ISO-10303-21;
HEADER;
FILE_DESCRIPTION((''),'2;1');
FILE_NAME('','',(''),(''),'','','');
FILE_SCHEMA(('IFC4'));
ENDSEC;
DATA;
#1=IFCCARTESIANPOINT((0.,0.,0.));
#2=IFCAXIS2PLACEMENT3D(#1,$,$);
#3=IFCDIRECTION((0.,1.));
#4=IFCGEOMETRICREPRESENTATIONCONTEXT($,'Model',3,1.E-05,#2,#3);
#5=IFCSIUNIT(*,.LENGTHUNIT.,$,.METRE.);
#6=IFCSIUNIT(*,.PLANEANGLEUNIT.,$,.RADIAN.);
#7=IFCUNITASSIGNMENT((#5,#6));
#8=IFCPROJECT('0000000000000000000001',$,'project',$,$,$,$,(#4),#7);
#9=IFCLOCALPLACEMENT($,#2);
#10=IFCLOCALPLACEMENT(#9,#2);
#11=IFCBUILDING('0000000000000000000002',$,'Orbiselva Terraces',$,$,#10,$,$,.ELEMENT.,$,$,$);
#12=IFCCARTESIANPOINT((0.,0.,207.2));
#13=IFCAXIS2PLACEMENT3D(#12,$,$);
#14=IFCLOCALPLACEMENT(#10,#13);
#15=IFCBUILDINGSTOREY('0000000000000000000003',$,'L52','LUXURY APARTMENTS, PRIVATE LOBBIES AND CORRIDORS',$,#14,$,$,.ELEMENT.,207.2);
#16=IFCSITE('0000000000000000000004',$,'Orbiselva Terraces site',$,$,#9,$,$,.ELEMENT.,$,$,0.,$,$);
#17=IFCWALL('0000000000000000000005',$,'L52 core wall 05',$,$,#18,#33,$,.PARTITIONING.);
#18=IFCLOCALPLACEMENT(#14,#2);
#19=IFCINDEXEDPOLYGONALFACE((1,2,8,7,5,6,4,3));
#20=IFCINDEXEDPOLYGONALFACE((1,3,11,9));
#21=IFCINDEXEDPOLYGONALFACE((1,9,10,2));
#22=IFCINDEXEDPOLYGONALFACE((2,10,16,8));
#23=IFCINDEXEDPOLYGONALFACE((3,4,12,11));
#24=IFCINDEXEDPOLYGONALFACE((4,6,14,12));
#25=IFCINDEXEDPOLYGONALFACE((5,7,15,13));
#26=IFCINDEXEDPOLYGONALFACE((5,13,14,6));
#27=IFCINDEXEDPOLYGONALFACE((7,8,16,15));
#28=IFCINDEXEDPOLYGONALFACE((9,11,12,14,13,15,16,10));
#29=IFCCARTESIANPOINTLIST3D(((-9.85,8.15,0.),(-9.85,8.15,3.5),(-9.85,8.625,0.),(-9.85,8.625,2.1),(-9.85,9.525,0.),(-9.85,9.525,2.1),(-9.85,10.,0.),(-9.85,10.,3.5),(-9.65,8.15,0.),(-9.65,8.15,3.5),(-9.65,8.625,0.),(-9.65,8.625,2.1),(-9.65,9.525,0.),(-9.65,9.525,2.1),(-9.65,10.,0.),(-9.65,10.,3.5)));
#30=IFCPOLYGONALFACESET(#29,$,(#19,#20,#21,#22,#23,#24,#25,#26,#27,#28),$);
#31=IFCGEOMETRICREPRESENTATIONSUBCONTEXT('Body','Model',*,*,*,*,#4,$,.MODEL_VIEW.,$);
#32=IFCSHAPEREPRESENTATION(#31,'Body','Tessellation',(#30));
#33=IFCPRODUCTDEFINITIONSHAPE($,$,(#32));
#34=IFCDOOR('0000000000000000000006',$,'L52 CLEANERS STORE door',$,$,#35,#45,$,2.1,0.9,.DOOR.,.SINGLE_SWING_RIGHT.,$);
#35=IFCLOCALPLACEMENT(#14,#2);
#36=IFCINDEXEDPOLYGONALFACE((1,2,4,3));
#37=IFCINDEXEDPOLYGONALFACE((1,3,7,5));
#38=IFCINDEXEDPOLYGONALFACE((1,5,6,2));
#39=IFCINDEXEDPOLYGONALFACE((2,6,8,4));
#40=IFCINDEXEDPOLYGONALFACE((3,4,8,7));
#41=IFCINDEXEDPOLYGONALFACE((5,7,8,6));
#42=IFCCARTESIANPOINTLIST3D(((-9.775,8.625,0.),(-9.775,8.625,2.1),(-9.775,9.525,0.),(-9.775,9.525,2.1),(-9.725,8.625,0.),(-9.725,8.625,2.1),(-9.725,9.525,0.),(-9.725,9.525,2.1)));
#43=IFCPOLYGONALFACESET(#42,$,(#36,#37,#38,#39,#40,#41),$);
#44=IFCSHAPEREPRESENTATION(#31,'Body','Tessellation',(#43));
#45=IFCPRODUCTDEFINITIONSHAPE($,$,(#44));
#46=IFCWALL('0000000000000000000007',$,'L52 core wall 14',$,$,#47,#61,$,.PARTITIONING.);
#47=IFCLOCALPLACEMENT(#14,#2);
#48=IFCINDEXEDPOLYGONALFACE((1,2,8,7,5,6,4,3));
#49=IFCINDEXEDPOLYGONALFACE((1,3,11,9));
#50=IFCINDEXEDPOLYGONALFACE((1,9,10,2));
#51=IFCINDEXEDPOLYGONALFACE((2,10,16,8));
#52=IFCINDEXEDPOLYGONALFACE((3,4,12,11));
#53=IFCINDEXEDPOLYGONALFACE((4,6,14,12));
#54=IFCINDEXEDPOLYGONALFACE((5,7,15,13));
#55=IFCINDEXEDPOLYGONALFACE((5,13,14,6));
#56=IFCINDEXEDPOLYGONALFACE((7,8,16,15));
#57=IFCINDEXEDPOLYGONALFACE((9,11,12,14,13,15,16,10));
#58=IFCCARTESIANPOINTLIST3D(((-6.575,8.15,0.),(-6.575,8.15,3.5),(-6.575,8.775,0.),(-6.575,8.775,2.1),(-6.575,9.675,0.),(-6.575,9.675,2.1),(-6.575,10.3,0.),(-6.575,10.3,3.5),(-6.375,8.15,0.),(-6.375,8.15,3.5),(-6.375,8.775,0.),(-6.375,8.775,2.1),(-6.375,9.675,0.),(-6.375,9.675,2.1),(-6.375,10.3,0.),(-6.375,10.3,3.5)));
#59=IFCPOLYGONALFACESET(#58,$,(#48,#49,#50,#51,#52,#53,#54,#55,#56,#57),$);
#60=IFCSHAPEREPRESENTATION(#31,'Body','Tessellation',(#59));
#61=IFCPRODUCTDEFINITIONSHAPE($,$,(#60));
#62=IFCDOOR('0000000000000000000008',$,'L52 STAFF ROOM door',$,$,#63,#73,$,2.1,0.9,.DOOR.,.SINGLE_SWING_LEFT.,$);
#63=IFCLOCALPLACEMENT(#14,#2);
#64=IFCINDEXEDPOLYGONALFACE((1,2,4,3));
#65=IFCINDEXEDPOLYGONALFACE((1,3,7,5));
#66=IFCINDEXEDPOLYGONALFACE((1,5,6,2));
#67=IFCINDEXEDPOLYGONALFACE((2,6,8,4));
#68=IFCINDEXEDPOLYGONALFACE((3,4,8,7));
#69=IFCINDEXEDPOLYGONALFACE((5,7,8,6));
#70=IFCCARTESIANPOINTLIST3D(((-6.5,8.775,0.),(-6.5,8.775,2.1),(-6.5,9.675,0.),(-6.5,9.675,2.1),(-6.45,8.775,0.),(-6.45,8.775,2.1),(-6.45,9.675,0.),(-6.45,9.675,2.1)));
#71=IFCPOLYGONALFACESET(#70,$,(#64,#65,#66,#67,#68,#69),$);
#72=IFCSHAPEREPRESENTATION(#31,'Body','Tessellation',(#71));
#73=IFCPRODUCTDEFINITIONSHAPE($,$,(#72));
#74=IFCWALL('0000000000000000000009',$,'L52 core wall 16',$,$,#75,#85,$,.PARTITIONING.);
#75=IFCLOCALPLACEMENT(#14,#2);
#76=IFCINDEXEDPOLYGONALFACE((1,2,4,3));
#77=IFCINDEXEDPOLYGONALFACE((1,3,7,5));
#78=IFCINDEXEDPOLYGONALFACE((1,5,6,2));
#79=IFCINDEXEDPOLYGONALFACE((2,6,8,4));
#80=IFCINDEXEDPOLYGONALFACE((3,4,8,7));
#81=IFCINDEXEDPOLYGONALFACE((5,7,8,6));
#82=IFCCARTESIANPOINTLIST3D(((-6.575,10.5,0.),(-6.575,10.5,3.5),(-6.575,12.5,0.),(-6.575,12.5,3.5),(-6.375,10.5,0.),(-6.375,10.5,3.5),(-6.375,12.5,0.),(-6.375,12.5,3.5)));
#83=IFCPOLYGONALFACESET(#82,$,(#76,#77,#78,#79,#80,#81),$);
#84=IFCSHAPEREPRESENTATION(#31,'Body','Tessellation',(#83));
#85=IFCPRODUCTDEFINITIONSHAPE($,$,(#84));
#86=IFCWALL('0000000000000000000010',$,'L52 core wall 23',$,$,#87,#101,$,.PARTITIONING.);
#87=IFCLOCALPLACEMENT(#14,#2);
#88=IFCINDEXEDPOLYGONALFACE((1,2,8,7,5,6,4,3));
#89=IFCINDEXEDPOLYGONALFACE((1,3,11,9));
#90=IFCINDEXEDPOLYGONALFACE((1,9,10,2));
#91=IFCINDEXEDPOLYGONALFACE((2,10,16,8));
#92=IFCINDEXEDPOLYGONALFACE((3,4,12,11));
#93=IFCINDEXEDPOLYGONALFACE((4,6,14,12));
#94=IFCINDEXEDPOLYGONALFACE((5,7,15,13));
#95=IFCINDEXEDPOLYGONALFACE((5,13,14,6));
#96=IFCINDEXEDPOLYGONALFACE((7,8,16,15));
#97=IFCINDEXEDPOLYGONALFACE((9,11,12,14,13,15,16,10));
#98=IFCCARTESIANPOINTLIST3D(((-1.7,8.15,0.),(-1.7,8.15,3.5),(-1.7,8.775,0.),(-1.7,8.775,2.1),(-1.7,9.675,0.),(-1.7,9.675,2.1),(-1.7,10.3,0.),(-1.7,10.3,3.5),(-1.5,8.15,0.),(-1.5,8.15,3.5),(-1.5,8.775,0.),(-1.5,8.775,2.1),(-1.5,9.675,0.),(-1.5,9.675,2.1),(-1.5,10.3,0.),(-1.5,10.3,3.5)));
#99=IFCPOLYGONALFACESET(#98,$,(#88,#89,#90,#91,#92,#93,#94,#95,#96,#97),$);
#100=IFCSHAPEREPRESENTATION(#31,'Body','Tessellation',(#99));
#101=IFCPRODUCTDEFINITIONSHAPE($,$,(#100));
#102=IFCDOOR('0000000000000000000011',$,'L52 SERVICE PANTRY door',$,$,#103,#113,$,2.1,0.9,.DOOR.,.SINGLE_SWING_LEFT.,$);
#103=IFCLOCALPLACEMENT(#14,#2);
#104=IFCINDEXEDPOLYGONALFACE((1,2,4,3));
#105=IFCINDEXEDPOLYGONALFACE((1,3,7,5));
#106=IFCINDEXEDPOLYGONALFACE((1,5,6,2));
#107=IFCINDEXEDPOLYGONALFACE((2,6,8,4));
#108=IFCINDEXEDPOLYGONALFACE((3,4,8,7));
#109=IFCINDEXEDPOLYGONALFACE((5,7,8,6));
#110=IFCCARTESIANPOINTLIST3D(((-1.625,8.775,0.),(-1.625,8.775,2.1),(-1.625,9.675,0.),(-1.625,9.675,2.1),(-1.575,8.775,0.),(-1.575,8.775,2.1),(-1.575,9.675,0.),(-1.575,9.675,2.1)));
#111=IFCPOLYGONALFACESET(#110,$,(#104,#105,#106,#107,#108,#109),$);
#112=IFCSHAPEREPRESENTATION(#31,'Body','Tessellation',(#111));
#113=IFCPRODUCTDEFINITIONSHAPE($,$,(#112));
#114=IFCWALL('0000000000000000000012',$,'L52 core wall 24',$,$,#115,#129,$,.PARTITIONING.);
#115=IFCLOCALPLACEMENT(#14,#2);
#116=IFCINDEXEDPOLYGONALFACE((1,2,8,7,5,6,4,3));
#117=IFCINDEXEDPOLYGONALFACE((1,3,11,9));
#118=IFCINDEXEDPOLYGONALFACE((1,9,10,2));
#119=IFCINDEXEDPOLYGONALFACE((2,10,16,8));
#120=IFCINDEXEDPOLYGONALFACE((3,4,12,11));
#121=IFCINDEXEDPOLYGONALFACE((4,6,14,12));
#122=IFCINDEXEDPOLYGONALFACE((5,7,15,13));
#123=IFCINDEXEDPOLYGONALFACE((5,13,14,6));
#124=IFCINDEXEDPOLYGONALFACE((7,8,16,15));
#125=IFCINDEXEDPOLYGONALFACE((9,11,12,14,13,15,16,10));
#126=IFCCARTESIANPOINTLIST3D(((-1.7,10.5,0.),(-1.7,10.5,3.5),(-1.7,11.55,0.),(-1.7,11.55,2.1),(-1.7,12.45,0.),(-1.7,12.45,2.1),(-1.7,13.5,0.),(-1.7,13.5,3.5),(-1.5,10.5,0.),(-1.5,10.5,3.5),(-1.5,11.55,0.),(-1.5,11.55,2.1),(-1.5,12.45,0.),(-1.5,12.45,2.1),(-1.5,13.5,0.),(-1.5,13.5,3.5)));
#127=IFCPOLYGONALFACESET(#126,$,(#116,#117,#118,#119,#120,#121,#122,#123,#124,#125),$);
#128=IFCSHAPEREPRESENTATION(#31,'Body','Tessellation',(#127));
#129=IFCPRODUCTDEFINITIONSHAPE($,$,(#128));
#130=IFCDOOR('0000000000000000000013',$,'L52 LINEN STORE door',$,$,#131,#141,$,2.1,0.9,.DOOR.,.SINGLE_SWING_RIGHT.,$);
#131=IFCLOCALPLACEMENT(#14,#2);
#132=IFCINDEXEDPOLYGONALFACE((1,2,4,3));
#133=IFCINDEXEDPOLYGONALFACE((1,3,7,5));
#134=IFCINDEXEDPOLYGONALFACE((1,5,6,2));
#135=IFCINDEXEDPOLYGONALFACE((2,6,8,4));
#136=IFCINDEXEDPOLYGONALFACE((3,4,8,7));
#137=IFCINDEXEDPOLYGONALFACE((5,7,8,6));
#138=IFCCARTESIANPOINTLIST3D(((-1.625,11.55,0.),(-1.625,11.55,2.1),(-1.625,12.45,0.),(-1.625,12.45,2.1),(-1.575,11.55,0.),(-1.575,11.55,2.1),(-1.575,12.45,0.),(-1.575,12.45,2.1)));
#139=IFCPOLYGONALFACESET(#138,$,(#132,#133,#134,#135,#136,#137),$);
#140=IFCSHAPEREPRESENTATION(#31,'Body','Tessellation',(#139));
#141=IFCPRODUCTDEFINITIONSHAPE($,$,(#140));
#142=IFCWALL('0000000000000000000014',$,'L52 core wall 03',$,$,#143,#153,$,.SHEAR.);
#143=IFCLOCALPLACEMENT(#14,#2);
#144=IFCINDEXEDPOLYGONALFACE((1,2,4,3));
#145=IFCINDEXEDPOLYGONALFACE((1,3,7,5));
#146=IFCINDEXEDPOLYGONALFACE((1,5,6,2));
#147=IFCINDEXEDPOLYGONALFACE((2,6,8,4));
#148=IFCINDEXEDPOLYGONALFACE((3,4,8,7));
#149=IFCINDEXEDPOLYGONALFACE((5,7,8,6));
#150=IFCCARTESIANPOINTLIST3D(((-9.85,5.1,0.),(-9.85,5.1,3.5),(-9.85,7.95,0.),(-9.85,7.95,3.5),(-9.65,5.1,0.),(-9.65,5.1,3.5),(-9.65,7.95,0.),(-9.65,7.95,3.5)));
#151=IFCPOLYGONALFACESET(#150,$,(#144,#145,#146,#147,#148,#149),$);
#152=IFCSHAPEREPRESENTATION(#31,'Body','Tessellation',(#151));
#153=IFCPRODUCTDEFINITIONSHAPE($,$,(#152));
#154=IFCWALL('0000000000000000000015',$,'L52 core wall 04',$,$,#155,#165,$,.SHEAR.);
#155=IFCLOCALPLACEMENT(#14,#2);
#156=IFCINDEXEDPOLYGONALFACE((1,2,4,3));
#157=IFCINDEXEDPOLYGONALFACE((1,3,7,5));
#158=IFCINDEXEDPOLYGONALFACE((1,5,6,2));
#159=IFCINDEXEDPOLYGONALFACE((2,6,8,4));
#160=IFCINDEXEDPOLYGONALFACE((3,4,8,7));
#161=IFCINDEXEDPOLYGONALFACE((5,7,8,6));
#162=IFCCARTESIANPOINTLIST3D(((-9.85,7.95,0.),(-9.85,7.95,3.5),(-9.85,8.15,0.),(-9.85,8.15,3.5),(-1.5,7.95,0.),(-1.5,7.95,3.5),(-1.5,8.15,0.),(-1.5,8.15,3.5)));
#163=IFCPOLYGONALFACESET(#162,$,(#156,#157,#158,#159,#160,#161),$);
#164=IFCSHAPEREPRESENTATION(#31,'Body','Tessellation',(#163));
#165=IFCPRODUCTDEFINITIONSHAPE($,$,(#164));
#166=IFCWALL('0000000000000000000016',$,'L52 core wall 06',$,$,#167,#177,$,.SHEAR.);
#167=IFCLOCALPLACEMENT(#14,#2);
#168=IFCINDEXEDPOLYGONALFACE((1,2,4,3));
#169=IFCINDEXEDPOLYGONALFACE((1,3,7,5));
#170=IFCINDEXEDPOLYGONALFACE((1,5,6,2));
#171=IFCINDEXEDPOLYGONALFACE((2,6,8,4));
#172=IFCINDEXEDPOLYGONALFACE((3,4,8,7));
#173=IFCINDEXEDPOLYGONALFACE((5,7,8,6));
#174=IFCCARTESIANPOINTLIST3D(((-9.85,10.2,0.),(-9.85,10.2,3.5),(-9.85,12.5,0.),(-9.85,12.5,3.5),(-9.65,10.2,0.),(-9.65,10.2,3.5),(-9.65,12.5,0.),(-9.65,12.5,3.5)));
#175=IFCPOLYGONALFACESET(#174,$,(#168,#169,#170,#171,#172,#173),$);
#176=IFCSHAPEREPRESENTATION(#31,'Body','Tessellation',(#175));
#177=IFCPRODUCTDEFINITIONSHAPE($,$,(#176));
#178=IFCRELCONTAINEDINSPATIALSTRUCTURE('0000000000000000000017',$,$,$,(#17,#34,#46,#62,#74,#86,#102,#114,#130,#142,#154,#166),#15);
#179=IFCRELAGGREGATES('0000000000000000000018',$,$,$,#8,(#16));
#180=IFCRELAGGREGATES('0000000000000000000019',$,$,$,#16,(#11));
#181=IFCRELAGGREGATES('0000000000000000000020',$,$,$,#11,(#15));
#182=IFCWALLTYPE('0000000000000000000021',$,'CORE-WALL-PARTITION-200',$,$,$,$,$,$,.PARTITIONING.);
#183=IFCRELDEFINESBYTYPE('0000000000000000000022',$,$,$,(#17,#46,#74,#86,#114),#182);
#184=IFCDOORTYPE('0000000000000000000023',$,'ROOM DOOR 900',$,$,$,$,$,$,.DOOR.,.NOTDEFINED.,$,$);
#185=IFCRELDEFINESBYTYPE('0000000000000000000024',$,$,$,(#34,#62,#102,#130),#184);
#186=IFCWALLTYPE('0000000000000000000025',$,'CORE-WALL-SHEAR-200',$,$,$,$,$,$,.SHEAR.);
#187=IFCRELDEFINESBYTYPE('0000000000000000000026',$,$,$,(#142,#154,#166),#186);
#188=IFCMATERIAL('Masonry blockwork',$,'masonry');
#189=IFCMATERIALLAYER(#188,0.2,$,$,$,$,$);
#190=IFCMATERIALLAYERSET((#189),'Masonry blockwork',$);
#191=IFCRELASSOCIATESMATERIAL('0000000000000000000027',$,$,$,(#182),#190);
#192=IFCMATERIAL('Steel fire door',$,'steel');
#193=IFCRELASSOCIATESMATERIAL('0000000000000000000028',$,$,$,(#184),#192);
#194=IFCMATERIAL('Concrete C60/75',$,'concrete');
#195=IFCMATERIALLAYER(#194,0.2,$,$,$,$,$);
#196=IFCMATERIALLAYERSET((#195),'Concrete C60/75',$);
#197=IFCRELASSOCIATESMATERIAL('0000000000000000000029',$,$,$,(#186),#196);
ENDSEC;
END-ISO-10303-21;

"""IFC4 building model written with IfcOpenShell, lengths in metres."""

from ifc_helpers import new_model, si_unit, direction, frame, frame_2d, origin, place, context, subcontext, project, spatial, rectangle, extrude, material, layer, layer_set, type_object, element, fill, save


model = new_model("IFC4")

# Units and contexts
model_context = context("Model", 3, precision=1e-05, world=origin(), true_north=direction((0.0, 1.0)))
body_context = subcontext(model_context, "Body", "Model", "MODEL_VIEW")
ifc_project = project(units=[si_unit("LENGTHUNIT", "METRE"), si_unit("PLANEANGLEUNIT", "RADIAN")], contexts=[model_context])

# Site, building, storey
site_placement = place(None, origin())
site = spatial("IfcSite", under=ifc_project, at=site_placement, Name="Orbiselva Terraces site", CompositionType="ELEMENT", RefElevation=0.0)
building_placement = place(site_placement, origin())
building = spatial("IfcBuilding", under=site, at=building_placement, Name="Orbiselva Terraces", CompositionType="ELEMENT")
storey_placement = place(building_placement, frame((0.0, 0.0, 207.2)))
storey = spatial("IfcBuildingStorey", under=building, at=storey_placement, Name="L52", Description="LUXURY APARTMENTS, PRIVATE LOBBIES AND CORRIDORS", CompositionType="ELEMENT", Elevation=207.2)

# Walls, openings, doors
ifc_material_1 = material(Name="Masonry blockwork", Category="masonry")
ifc_layer_1 = layer(ifc_material_1, 0.2)
ifc_layer_set_1 = layer_set([ifc_layer_1], Name="Masonry blockwork")
wall_type_1 = type_object("IfcWallType", Name="CORE-WALL-PARTITION-200", PredefinedType="PARTITIONING", material=ifc_layer_set_1)
wall_1_placement = place(storey_placement, frame((-9.75, 8.15, 0.0), z_axis=(0.0, 0.0, 1.0), x_axis=(0.0, 1.0, 0.0)))
wall_1 = element("IfcWall", 1, at=wall_1_placement, inside=storey, type_object=wall_type_1, Name="L52 core wall 05", PredefinedType="PARTITIONING", context=body_context, shape_type="SweptSolid", body=[
    extrude(rectangle(XDim=1.85, YDim=0.2, at=frame_2d((0.925, 0.0))), origin(), (0.0, 0.0, 1.0), 3.5),
])
opening_1_placement = place(wall_1_placement, frame((0.475, 0.0, 0.0)))
opening_1 = element("IfcOpeningElement", 2, at=opening_1_placement, cuts=wall_1, PredefinedType="OPENING", context=body_context, shape_type="SweptSolid", body=[
    extrude(rectangle(XDim=0.9, YDim=2.1, at=frame_2d((0.45, 1.05))), frame((0.0, 0.11, 0.0), z_axis=(0.0, -1.0, 0.0), x_axis=(1.0, 0.0, 0.0)), (0.0, 0.0, 1.0), 0.22),
])
ifc_material_2 = material(Name="Steel fire door", Category="steel")
door_type = type_object("IfcDoorType", Name="ROOM DOOR 900", OperationType="NOTDEFINED", PredefinedType="DOOR", material=ifc_material_2)
door_1_placement = place(opening_1_placement, origin())
door_1 = element("IfcDoor", 3, at=door_1_placement, inside=storey, type_object=door_type, Name="L52 CLEANERS STORE door", OperationType="SINGLE_SWING_RIGHT", OverallHeight=2.1, OverallWidth=0.9, PredefinedType="DOOR", context=body_context, shape_type="SweptSolid", body=[
    extrude(rectangle(XDim=0.9, YDim=2.1, at=frame_2d((0.45, 1.05))), frame((0.0, 0.025, 0.0), z_axis=(0.0, -1.0, 0.0), x_axis=(1.0, 0.0, 0.0)), (0.0, 0.0, 1.0), 0.05),
])
fill(opening_1, door_1)
wall_2_placement = place(storey_placement, frame((-6.475, 8.15, 0.0), z_axis=(0.0, 0.0, 1.0), x_axis=(0.0, 1.0, 0.0)))
wall_2 = element("IfcWall", 4, at=wall_2_placement, inside=storey, type_object=wall_type_1, Name="L52 core wall 14", PredefinedType="PARTITIONING", context=body_context, shape_type="SweptSolid", body=[
    extrude(rectangle(XDim=2.15, YDim=0.2, at=frame_2d((1.075, 0.0))), origin(), (0.0, 0.0, 1.0), 3.5),
])
opening_2_placement = place(wall_2_placement, frame((0.625, 0.0, 0.0)))
opening_2 = element("IfcOpeningElement", 5, at=opening_2_placement, cuts=wall_2, PredefinedType="OPENING", context=body_context, shape_type="SweptSolid", body=[
    extrude(rectangle(XDim=0.9, YDim=2.1, at=frame_2d((0.45, 1.05))), frame((0.0, 0.11, 0.0), z_axis=(0.0, -1.0, 0.0), x_axis=(1.0, 0.0, 0.0)), (0.0, 0.0, 1.0), 0.22),
])
door_2_placement = place(opening_2_placement, origin())
door_2 = element("IfcDoor", 6, at=door_2_placement, inside=storey, type_object=door_type, Name="L52 STAFF ROOM door", OperationType="SINGLE_SWING_LEFT", OverallHeight=2.1, OverallWidth=0.9, PredefinedType="DOOR", context=body_context, shape_type="SweptSolid", body=[
    extrude(rectangle(XDim=0.9, YDim=2.1, at=frame_2d((0.45, 1.05))), frame((0.0, 0.025, 0.0), z_axis=(0.0, -1.0, 0.0), x_axis=(1.0, 0.0, 0.0)), (0.0, 0.0, 1.0), 0.05),
])
fill(opening_2, door_2)

# Wall
wall_3_placement = place(storey_placement, frame((-6.475, 10.5, 0.0), z_axis=(0.0, 0.0, 1.0), x_axis=(0.0, 1.0, 0.0)))
element("IfcWall", 7, at=wall_3_placement, inside=storey, type_object=wall_type_1, Name="L52 core wall 16", PredefinedType="PARTITIONING", context=body_context, shape_type="SweptSolid", body=[
    extrude(rectangle(XDim=2.0, YDim=0.2, at=frame_2d((1.0, 0.0))), origin(), (0.0, 0.0, 1.0), 3.5),
])

# Walls, openings, doors
wall_4_placement = place(storey_placement, frame((-1.6, 8.15, 0.0), z_axis=(0.0, 0.0, 1.0), x_axis=(0.0, 1.0, 0.0)))
wall_4 = element("IfcWall", 8, at=wall_4_placement, inside=storey, type_object=wall_type_1, Name="L52 core wall 23", PredefinedType="PARTITIONING", context=body_context, shape_type="SweptSolid", body=[
    extrude(rectangle(XDim=2.15, YDim=0.2, at=frame_2d((1.075, 0.0))), origin(), (0.0, 0.0, 1.0), 3.5),
])
opening_3_placement = place(wall_4_placement, frame((0.625, 0.0, 0.0)))
opening_3 = element("IfcOpeningElement", 9, at=opening_3_placement, cuts=wall_4, PredefinedType="OPENING", context=body_context, shape_type="SweptSolid", body=[
    extrude(rectangle(XDim=0.9, YDim=2.1, at=frame_2d((0.45, 1.05))), frame((0.0, 0.11, 0.0), z_axis=(0.0, -1.0, 0.0), x_axis=(1.0, 0.0, 0.0)), (0.0, 0.0, 1.0), 0.22),
])
door_3_placement = place(opening_3_placement, origin())
door_3 = element("IfcDoor", 10, at=door_3_placement, inside=storey, type_object=door_type, Name="L52 SERVICE PANTRY door", OperationType="SINGLE_SWING_LEFT", OverallHeight=2.1, OverallWidth=0.9, PredefinedType="DOOR", context=body_context, shape_type="SweptSolid", body=[
    extrude(rectangle(XDim=0.9, YDim=2.1, at=frame_2d((0.45, 1.05))), frame((0.0, 0.025, 0.0), z_axis=(0.0, -1.0, 0.0), x_axis=(1.0, 0.0, 0.0)), (0.0, 0.0, 1.0), 0.05),
])
fill(opening_3, door_3)
wall_5_placement = place(storey_placement, frame((-1.6, 10.5, 0.0), z_axis=(0.0, 0.0, 1.0), x_axis=(0.0, 1.0, 0.0)))
wall_5 = element("IfcWall", 11, at=wall_5_placement, inside=storey, type_object=wall_type_1, Name="L52 core wall 24", PredefinedType="PARTITIONING", context=body_context, shape_type="SweptSolid", body=[
    extrude(rectangle(XDim=3.0, YDim=0.2, at=frame_2d((1.5, 0.0))), origin(), (0.0, 0.0, 1.0), 3.5),
])
opening_4_placement = place(wall_5_placement, frame((1.05, 0.0, 0.0)))
opening_4 = element("IfcOpeningElement", 12, at=opening_4_placement, cuts=wall_5, PredefinedType="OPENING", context=body_context, shape_type="SweptSolid", body=[
    extrude(rectangle(XDim=0.9, YDim=2.1, at=frame_2d((0.45, 1.05))), frame((0.0, 0.11, 0.0), z_axis=(0.0, -1.0, 0.0), x_axis=(1.0, 0.0, 0.0)), (0.0, 0.0, 1.0), 0.22),
])
door_4_placement = place(opening_4_placement, origin())
door_4 = element("IfcDoor", 13, at=door_4_placement, inside=storey, type_object=door_type, Name="L52 LINEN STORE door", OperationType="SINGLE_SWING_RIGHT", OverallHeight=2.1, OverallWidth=0.9, PredefinedType="DOOR", context=body_context, shape_type="SweptSolid", body=[
    extrude(rectangle(XDim=0.9, YDim=2.1, at=frame_2d((0.45, 1.05))), frame((0.0, 0.025, 0.0), z_axis=(0.0, -1.0, 0.0), x_axis=(1.0, 0.0, 0.0)), (0.0, 0.0, 1.0), 0.05),
])
fill(opening_4, door_4)

# Walls
ifc_material_3 = material(Name="Concrete C60/75", Category="concrete")
ifc_layer_2 = layer(ifc_material_3, 0.2)
ifc_layer_set_2 = layer_set([ifc_layer_2], Name="Concrete C60/75")
wall_type_2 = type_object("IfcWallType", Name="CORE-WALL-SHEAR-200", PredefinedType="SHEAR", material=ifc_layer_set_2)
wall_6_placement = place(storey_placement, frame((-9.75, 5.1, 0.0), z_axis=(0.0, 0.0, 1.0), x_axis=(0.0, 1.0, 0.0)))
element("IfcWall", 14, at=wall_6_placement, inside=storey, type_object=wall_type_2, Name="L52 core wall 03", PredefinedType="SHEAR", context=body_context, shape_type="SweptSolid", body=[
    extrude(rectangle(XDim=2.85, YDim=0.2, at=frame_2d((1.425, 0.0))), origin(), (0.0, 0.0, 1.0), 3.5),
])
wall_7_placement = place(storey_placement, frame((-9.85, 8.05, 0.0), z_axis=(0.0, 0.0, 1.0), x_axis=(1.0, 0.0, 0.0)))
element("IfcWall", 15, at=wall_7_placement, inside=storey, type_object=wall_type_2, Name="L52 core wall 04", PredefinedType="SHEAR", context=body_context, shape_type="SweptSolid", body=[
    extrude(rectangle(XDim=8.35, YDim=0.2, at=frame_2d((4.175, 0.0))), origin(), (0.0, 0.0, 1.0), 3.5),
])
wall_8_placement = place(storey_placement, frame((-9.75, 10.2, 0.0), z_axis=(0.0, 0.0, 1.0), x_axis=(0.0, 1.0, 0.0)))
element("IfcWall", 16, at=wall_8_placement, inside=storey, type_object=wall_type_2, Name="L52 core wall 06", PredefinedType="SHEAR", context=body_context, shape_type="SweptSolid", body=[
    extrude(rectangle(XDim=2.3, YDim=0.2, at=frame_2d((1.15, 0.0))), origin(), (0.0, 0.0, 1.0), 3.5),
])

save(model, "model.ifc")
